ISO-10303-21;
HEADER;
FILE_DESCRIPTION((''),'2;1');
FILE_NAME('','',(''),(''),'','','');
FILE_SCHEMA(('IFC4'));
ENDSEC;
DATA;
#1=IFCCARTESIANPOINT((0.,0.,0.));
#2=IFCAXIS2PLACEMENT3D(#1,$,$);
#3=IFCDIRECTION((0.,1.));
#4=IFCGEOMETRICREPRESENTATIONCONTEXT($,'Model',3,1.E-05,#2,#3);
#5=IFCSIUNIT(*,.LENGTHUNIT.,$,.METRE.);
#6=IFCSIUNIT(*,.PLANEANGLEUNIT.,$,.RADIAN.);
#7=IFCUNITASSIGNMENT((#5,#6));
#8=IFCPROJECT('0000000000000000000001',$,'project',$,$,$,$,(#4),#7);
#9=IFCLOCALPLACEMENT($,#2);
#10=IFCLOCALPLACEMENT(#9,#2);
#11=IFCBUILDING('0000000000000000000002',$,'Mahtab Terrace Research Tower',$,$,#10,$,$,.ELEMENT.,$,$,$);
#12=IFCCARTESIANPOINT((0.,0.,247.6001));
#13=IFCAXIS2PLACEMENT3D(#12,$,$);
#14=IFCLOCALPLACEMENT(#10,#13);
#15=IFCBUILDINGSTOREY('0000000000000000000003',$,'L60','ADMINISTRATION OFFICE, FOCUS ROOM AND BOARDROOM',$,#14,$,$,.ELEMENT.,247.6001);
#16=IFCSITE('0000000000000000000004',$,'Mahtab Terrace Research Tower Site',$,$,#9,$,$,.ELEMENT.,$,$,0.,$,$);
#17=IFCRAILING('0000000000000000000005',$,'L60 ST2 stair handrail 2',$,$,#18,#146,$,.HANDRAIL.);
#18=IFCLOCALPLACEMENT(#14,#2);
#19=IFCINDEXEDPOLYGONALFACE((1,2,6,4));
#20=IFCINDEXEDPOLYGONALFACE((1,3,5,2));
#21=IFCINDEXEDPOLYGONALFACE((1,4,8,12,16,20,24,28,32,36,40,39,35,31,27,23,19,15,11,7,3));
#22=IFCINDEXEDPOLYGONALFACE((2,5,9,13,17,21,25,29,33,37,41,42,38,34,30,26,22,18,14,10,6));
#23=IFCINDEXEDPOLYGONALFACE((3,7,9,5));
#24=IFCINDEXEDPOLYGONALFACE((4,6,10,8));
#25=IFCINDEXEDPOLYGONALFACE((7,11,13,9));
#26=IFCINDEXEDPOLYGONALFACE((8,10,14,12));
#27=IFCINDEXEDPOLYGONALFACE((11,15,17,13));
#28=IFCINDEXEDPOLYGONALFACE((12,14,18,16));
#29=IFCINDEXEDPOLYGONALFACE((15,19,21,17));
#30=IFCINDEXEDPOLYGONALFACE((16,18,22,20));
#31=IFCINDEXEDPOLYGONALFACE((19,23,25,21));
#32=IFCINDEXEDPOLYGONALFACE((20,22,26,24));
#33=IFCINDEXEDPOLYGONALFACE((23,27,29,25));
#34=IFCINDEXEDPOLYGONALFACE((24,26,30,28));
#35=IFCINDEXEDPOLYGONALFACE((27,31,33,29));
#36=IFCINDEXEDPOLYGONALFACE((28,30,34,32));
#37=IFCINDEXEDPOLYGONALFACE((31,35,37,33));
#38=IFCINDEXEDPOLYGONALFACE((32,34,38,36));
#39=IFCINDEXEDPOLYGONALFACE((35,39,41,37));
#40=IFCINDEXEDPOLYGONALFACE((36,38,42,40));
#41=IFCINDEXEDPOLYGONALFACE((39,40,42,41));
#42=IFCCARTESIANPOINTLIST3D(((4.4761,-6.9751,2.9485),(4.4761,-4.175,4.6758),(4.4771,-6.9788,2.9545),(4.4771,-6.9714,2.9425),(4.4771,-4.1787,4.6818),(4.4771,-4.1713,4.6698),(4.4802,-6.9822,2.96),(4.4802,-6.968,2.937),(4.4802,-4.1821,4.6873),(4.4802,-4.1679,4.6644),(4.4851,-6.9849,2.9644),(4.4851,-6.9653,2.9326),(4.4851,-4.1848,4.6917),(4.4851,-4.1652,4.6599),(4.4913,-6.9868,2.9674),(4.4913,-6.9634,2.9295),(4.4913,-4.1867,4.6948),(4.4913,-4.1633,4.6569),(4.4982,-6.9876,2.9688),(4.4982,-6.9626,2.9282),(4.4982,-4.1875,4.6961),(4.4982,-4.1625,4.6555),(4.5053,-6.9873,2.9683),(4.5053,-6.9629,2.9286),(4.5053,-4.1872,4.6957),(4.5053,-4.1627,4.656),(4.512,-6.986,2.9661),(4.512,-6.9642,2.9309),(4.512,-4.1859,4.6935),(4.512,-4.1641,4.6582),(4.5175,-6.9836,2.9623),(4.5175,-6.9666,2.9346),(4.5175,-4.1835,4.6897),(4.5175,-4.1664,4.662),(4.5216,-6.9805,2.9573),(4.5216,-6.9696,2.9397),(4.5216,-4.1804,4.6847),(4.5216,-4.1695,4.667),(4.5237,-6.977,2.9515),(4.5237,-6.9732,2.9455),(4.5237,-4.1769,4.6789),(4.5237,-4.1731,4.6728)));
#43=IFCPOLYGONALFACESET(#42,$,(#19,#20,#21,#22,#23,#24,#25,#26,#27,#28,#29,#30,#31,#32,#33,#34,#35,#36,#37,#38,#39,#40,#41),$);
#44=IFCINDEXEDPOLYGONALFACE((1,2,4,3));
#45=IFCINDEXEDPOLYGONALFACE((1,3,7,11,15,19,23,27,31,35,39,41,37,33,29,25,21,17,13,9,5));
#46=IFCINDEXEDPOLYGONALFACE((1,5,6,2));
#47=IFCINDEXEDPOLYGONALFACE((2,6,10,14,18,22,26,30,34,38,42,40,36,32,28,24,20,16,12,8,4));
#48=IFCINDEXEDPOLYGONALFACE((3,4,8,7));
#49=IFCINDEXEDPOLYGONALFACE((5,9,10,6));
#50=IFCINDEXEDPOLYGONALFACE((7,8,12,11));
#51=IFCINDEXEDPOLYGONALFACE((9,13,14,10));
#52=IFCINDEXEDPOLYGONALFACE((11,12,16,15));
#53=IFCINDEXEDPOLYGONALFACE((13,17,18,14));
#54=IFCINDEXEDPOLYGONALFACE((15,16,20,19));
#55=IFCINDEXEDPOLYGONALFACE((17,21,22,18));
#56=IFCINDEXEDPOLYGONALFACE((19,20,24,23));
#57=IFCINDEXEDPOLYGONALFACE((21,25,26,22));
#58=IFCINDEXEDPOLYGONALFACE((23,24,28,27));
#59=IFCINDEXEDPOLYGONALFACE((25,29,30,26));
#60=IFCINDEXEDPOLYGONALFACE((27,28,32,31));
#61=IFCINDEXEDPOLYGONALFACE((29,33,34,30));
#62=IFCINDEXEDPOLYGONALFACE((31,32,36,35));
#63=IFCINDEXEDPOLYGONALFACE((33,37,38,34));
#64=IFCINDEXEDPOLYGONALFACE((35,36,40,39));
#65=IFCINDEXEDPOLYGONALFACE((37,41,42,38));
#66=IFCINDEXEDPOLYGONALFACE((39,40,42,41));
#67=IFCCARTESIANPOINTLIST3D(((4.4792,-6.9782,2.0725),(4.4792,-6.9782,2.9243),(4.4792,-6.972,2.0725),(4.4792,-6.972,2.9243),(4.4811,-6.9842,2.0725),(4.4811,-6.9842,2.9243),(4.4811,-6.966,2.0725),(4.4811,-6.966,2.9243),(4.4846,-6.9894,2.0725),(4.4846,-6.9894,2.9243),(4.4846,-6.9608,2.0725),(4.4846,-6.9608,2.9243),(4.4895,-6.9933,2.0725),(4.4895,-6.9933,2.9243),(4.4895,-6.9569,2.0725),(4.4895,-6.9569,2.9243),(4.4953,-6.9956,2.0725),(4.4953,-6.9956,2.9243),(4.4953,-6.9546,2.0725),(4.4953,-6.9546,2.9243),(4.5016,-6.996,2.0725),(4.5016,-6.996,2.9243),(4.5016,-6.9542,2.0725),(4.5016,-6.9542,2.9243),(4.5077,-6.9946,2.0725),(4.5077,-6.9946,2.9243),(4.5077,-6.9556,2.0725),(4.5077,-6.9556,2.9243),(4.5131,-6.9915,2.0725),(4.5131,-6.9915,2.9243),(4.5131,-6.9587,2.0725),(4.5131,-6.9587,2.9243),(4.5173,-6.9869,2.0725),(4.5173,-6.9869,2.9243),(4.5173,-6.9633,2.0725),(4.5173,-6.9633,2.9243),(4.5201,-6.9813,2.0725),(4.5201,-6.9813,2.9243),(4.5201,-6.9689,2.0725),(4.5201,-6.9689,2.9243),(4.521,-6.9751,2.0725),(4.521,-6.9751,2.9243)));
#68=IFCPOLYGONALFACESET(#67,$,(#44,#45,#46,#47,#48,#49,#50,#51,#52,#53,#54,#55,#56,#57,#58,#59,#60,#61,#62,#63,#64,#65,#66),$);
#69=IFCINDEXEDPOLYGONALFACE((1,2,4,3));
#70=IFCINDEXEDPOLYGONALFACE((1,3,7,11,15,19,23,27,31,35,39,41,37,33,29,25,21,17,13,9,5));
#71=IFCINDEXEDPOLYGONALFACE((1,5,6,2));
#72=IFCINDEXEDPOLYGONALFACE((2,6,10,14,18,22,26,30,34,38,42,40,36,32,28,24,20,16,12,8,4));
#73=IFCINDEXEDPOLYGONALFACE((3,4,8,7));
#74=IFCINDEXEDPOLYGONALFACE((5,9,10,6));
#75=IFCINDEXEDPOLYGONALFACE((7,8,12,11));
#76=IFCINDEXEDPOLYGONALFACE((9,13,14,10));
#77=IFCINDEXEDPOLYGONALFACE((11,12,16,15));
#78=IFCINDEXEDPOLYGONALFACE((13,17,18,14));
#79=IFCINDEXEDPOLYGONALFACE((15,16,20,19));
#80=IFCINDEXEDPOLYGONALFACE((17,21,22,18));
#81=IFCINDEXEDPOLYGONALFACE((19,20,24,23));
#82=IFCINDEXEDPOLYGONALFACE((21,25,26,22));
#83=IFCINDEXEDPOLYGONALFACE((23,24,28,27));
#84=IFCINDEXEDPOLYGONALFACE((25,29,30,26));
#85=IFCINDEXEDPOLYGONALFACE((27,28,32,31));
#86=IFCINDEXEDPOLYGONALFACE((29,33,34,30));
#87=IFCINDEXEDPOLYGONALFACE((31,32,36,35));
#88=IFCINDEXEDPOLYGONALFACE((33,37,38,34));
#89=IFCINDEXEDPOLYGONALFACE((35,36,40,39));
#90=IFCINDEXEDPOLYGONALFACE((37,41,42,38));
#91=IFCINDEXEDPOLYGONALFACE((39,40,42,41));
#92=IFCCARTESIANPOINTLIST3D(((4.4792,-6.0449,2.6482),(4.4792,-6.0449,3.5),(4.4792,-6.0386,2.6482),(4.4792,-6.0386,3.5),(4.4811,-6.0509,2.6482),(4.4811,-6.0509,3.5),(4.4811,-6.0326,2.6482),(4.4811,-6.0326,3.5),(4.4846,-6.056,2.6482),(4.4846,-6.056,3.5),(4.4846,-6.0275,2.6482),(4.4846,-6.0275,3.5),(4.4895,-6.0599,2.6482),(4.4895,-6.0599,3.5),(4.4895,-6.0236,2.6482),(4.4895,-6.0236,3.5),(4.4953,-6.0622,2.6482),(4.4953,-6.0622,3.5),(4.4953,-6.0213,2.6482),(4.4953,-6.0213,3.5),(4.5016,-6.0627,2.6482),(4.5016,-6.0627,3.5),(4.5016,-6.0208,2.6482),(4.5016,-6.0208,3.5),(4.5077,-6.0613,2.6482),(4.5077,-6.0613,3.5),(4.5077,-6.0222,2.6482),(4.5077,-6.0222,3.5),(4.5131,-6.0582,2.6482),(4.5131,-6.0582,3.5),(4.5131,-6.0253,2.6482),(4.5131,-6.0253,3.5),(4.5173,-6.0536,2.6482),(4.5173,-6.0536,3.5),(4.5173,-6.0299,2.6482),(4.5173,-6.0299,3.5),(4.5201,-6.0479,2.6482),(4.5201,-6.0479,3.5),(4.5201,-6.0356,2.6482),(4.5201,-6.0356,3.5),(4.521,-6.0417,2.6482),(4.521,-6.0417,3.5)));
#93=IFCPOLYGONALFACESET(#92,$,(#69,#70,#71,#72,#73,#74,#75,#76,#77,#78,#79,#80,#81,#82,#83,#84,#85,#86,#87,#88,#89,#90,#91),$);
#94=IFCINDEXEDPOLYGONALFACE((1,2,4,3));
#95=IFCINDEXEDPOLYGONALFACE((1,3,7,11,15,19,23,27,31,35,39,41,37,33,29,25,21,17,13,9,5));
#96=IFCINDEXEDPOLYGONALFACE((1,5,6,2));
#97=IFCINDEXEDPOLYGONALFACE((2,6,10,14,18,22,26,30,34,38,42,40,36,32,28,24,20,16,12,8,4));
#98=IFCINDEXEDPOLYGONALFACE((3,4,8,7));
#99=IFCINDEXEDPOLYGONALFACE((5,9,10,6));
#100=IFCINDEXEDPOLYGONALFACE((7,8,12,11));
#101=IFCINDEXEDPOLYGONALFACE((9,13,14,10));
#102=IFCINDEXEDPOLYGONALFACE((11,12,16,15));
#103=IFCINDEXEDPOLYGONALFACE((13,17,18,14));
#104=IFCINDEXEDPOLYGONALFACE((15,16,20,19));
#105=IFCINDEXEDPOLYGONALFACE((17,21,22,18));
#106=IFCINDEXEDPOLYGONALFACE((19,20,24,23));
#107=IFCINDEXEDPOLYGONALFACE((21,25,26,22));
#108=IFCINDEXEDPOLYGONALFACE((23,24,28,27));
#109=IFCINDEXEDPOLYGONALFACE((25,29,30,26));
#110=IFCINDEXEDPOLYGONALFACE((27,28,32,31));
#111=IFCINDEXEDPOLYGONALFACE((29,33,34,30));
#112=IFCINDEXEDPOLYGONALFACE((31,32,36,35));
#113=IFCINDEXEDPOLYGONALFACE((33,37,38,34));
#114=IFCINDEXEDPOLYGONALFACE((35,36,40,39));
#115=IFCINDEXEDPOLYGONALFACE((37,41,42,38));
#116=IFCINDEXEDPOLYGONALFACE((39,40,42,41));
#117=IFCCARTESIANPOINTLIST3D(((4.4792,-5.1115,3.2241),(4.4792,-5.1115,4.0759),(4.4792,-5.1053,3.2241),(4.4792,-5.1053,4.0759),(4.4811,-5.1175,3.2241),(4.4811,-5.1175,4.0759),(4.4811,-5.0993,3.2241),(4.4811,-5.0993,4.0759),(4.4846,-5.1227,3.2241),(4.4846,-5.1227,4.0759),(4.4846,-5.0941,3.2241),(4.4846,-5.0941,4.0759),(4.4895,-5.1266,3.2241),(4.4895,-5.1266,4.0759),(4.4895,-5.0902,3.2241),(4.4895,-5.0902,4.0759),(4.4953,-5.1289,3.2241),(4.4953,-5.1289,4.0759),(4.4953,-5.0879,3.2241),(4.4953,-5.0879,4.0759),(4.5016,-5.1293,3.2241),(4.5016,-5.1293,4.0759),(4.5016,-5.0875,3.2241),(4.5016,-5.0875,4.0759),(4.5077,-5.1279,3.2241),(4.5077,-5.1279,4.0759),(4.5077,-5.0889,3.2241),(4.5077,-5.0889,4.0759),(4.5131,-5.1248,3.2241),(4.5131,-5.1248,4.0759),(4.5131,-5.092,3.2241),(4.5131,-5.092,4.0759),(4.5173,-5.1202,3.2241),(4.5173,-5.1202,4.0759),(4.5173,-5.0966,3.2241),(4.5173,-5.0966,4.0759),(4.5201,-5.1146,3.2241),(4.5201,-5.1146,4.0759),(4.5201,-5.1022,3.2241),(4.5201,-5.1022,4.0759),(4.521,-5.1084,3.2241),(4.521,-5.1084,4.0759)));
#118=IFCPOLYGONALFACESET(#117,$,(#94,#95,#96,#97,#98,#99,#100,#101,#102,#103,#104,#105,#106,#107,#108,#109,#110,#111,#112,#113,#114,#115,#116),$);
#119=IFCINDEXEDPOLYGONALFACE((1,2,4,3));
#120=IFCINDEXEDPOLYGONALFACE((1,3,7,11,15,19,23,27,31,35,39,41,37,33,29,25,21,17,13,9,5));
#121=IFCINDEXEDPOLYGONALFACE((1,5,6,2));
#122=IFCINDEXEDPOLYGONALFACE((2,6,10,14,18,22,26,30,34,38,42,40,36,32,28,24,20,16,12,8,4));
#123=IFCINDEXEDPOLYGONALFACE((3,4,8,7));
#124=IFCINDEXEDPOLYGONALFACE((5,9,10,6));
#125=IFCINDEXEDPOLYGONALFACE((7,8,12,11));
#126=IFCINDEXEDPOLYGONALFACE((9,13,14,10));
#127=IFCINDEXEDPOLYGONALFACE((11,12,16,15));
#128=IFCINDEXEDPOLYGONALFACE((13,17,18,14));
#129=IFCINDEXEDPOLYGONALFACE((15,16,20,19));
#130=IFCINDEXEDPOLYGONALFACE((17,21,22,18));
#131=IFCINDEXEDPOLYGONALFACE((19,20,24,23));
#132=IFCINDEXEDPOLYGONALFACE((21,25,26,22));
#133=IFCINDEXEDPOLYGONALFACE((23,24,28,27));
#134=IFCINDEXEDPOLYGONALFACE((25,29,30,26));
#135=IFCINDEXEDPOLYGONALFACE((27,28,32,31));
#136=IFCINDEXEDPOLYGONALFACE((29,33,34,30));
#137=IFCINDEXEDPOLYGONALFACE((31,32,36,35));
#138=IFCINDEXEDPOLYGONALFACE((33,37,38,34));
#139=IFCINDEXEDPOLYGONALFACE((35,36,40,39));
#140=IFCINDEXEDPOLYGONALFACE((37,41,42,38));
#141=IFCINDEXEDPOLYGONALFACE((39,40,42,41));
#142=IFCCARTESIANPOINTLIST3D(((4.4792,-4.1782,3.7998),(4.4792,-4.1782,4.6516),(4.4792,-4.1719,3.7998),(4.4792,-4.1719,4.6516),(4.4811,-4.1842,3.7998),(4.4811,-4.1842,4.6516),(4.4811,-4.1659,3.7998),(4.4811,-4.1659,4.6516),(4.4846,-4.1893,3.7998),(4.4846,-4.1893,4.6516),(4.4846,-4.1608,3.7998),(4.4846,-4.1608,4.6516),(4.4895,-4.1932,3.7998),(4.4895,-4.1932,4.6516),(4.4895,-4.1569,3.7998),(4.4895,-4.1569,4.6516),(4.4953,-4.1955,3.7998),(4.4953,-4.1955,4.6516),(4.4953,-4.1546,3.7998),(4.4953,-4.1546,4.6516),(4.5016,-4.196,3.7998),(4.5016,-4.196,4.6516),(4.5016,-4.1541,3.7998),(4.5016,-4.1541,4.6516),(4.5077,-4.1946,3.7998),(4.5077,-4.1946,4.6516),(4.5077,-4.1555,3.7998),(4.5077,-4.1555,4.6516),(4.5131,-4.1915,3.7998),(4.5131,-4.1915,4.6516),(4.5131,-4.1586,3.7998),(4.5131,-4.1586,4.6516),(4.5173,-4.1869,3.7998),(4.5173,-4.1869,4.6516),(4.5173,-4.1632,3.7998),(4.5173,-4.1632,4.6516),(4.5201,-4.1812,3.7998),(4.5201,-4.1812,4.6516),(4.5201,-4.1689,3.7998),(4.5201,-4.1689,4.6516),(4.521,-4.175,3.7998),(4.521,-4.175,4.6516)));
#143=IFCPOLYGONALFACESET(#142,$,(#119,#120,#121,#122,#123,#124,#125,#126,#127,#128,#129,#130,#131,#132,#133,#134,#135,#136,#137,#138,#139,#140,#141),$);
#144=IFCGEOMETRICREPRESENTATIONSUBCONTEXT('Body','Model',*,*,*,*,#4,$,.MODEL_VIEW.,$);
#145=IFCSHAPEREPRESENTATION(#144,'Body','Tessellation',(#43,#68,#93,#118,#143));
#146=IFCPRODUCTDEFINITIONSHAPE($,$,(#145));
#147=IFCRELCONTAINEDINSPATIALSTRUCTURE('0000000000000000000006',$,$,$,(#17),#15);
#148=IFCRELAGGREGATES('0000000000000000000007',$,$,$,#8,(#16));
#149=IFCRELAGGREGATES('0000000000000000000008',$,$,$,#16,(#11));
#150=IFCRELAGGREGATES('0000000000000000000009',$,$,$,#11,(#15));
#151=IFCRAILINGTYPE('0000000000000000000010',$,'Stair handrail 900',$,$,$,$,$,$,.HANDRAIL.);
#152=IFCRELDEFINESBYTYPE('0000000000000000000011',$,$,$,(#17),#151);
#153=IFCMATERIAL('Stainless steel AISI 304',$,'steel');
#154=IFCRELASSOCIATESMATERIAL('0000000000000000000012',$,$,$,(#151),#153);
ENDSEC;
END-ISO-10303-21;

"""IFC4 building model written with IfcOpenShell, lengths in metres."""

from ifc_helpers import new_model, si_unit, direction, frame, origin, origin_2d, place, context, subcontext, project, spatial, circle, extrude, material, type_object, element, save


model = new_model("IFC4")

# Units and contexts
model_context = context("Model", 3, precision=1e-05, world=origin(), true_north=direction((0.0, 1.0)))
body_context = subcontext(model_context, "Body", "Model", "MODEL_VIEW")
ifc_project = project(units=[si_unit("LENGTHUNIT", "METRE"), si_unit("PLANEANGLEUNIT", "RADIAN")], contexts=[model_context])

# Site, building, storey
site_placement = place(None, origin())
site = spatial("IfcSite", under=ifc_project, at=site_placement, Name="Mahtab Terrace Research Tower Site", CompositionType="ELEMENT", RefElevation=0.0)
building_placement = place(site_placement, origin())
building = spatial("IfcBuilding", under=site, at=building_placement, Name="Mahtab Terrace Research Tower", CompositionType="ELEMENT")
storey_placement = place(building_placement, frame((0.0, 0.0, 247.6001)))
storey = spatial("IfcBuildingStorey", under=building, at=storey_placement, Name="L60", Description="ADMINISTRATION OFFICE, FOCUS ROOM AND BOARDROOM", CompositionType="ELEMENT", Elevation=247.6001)

# Railing
ifc_material_1 = material(Name="Stainless steel AISI 304", Category="steel")
railing_type_1 = type_object("IfcRailingType", Name="Stair handrail 900", PredefinedType="HANDRAIL", material=ifc_material_1)
railing_1_placement = place(storey_placement, frame((4.5, -6.9751, 2.0725)))
element("IfcRailing", 1, at=railing_1_placement, inside=storey, type_object=railing_type_1, Name="L60 ST2 stair handrail 2", PredefinedType="HANDRAIL", context=body_context, shape_type="SweptSolid", body=[
    extrude(circle(Radius=0.0239, at=origin_2d()), frame((0.0, 0.0, 0.876), z_axis=(0.0, 0.85109, 0.52502), x_axis=(-1.0, 0.0, 0.0)), (0.0, 0.0, 1.0), 3.29),
    extrude(circle(Radius=0.021, at=origin_2d()), origin(), (0.0, 0.0, 1.0), 0.8518),
    extrude(circle(Radius=0.021, at=origin_2d()), frame((0.0, 0.9333, 0.5757)), (0.0, 0.0, 1.0), 0.8518),
    extrude(circle(Radius=0.021, at=origin_2d()), frame((0.0, 1.8667, 1.1516)), (0.0, 0.0, 1.0), 0.8518),
    extrude(circle(Radius=0.021, at=origin_2d()), frame((0.0, 2.8, 1.7273)), (0.0, 0.0, 1.0), 0.8518),
])

save(model, "model.ifc")
